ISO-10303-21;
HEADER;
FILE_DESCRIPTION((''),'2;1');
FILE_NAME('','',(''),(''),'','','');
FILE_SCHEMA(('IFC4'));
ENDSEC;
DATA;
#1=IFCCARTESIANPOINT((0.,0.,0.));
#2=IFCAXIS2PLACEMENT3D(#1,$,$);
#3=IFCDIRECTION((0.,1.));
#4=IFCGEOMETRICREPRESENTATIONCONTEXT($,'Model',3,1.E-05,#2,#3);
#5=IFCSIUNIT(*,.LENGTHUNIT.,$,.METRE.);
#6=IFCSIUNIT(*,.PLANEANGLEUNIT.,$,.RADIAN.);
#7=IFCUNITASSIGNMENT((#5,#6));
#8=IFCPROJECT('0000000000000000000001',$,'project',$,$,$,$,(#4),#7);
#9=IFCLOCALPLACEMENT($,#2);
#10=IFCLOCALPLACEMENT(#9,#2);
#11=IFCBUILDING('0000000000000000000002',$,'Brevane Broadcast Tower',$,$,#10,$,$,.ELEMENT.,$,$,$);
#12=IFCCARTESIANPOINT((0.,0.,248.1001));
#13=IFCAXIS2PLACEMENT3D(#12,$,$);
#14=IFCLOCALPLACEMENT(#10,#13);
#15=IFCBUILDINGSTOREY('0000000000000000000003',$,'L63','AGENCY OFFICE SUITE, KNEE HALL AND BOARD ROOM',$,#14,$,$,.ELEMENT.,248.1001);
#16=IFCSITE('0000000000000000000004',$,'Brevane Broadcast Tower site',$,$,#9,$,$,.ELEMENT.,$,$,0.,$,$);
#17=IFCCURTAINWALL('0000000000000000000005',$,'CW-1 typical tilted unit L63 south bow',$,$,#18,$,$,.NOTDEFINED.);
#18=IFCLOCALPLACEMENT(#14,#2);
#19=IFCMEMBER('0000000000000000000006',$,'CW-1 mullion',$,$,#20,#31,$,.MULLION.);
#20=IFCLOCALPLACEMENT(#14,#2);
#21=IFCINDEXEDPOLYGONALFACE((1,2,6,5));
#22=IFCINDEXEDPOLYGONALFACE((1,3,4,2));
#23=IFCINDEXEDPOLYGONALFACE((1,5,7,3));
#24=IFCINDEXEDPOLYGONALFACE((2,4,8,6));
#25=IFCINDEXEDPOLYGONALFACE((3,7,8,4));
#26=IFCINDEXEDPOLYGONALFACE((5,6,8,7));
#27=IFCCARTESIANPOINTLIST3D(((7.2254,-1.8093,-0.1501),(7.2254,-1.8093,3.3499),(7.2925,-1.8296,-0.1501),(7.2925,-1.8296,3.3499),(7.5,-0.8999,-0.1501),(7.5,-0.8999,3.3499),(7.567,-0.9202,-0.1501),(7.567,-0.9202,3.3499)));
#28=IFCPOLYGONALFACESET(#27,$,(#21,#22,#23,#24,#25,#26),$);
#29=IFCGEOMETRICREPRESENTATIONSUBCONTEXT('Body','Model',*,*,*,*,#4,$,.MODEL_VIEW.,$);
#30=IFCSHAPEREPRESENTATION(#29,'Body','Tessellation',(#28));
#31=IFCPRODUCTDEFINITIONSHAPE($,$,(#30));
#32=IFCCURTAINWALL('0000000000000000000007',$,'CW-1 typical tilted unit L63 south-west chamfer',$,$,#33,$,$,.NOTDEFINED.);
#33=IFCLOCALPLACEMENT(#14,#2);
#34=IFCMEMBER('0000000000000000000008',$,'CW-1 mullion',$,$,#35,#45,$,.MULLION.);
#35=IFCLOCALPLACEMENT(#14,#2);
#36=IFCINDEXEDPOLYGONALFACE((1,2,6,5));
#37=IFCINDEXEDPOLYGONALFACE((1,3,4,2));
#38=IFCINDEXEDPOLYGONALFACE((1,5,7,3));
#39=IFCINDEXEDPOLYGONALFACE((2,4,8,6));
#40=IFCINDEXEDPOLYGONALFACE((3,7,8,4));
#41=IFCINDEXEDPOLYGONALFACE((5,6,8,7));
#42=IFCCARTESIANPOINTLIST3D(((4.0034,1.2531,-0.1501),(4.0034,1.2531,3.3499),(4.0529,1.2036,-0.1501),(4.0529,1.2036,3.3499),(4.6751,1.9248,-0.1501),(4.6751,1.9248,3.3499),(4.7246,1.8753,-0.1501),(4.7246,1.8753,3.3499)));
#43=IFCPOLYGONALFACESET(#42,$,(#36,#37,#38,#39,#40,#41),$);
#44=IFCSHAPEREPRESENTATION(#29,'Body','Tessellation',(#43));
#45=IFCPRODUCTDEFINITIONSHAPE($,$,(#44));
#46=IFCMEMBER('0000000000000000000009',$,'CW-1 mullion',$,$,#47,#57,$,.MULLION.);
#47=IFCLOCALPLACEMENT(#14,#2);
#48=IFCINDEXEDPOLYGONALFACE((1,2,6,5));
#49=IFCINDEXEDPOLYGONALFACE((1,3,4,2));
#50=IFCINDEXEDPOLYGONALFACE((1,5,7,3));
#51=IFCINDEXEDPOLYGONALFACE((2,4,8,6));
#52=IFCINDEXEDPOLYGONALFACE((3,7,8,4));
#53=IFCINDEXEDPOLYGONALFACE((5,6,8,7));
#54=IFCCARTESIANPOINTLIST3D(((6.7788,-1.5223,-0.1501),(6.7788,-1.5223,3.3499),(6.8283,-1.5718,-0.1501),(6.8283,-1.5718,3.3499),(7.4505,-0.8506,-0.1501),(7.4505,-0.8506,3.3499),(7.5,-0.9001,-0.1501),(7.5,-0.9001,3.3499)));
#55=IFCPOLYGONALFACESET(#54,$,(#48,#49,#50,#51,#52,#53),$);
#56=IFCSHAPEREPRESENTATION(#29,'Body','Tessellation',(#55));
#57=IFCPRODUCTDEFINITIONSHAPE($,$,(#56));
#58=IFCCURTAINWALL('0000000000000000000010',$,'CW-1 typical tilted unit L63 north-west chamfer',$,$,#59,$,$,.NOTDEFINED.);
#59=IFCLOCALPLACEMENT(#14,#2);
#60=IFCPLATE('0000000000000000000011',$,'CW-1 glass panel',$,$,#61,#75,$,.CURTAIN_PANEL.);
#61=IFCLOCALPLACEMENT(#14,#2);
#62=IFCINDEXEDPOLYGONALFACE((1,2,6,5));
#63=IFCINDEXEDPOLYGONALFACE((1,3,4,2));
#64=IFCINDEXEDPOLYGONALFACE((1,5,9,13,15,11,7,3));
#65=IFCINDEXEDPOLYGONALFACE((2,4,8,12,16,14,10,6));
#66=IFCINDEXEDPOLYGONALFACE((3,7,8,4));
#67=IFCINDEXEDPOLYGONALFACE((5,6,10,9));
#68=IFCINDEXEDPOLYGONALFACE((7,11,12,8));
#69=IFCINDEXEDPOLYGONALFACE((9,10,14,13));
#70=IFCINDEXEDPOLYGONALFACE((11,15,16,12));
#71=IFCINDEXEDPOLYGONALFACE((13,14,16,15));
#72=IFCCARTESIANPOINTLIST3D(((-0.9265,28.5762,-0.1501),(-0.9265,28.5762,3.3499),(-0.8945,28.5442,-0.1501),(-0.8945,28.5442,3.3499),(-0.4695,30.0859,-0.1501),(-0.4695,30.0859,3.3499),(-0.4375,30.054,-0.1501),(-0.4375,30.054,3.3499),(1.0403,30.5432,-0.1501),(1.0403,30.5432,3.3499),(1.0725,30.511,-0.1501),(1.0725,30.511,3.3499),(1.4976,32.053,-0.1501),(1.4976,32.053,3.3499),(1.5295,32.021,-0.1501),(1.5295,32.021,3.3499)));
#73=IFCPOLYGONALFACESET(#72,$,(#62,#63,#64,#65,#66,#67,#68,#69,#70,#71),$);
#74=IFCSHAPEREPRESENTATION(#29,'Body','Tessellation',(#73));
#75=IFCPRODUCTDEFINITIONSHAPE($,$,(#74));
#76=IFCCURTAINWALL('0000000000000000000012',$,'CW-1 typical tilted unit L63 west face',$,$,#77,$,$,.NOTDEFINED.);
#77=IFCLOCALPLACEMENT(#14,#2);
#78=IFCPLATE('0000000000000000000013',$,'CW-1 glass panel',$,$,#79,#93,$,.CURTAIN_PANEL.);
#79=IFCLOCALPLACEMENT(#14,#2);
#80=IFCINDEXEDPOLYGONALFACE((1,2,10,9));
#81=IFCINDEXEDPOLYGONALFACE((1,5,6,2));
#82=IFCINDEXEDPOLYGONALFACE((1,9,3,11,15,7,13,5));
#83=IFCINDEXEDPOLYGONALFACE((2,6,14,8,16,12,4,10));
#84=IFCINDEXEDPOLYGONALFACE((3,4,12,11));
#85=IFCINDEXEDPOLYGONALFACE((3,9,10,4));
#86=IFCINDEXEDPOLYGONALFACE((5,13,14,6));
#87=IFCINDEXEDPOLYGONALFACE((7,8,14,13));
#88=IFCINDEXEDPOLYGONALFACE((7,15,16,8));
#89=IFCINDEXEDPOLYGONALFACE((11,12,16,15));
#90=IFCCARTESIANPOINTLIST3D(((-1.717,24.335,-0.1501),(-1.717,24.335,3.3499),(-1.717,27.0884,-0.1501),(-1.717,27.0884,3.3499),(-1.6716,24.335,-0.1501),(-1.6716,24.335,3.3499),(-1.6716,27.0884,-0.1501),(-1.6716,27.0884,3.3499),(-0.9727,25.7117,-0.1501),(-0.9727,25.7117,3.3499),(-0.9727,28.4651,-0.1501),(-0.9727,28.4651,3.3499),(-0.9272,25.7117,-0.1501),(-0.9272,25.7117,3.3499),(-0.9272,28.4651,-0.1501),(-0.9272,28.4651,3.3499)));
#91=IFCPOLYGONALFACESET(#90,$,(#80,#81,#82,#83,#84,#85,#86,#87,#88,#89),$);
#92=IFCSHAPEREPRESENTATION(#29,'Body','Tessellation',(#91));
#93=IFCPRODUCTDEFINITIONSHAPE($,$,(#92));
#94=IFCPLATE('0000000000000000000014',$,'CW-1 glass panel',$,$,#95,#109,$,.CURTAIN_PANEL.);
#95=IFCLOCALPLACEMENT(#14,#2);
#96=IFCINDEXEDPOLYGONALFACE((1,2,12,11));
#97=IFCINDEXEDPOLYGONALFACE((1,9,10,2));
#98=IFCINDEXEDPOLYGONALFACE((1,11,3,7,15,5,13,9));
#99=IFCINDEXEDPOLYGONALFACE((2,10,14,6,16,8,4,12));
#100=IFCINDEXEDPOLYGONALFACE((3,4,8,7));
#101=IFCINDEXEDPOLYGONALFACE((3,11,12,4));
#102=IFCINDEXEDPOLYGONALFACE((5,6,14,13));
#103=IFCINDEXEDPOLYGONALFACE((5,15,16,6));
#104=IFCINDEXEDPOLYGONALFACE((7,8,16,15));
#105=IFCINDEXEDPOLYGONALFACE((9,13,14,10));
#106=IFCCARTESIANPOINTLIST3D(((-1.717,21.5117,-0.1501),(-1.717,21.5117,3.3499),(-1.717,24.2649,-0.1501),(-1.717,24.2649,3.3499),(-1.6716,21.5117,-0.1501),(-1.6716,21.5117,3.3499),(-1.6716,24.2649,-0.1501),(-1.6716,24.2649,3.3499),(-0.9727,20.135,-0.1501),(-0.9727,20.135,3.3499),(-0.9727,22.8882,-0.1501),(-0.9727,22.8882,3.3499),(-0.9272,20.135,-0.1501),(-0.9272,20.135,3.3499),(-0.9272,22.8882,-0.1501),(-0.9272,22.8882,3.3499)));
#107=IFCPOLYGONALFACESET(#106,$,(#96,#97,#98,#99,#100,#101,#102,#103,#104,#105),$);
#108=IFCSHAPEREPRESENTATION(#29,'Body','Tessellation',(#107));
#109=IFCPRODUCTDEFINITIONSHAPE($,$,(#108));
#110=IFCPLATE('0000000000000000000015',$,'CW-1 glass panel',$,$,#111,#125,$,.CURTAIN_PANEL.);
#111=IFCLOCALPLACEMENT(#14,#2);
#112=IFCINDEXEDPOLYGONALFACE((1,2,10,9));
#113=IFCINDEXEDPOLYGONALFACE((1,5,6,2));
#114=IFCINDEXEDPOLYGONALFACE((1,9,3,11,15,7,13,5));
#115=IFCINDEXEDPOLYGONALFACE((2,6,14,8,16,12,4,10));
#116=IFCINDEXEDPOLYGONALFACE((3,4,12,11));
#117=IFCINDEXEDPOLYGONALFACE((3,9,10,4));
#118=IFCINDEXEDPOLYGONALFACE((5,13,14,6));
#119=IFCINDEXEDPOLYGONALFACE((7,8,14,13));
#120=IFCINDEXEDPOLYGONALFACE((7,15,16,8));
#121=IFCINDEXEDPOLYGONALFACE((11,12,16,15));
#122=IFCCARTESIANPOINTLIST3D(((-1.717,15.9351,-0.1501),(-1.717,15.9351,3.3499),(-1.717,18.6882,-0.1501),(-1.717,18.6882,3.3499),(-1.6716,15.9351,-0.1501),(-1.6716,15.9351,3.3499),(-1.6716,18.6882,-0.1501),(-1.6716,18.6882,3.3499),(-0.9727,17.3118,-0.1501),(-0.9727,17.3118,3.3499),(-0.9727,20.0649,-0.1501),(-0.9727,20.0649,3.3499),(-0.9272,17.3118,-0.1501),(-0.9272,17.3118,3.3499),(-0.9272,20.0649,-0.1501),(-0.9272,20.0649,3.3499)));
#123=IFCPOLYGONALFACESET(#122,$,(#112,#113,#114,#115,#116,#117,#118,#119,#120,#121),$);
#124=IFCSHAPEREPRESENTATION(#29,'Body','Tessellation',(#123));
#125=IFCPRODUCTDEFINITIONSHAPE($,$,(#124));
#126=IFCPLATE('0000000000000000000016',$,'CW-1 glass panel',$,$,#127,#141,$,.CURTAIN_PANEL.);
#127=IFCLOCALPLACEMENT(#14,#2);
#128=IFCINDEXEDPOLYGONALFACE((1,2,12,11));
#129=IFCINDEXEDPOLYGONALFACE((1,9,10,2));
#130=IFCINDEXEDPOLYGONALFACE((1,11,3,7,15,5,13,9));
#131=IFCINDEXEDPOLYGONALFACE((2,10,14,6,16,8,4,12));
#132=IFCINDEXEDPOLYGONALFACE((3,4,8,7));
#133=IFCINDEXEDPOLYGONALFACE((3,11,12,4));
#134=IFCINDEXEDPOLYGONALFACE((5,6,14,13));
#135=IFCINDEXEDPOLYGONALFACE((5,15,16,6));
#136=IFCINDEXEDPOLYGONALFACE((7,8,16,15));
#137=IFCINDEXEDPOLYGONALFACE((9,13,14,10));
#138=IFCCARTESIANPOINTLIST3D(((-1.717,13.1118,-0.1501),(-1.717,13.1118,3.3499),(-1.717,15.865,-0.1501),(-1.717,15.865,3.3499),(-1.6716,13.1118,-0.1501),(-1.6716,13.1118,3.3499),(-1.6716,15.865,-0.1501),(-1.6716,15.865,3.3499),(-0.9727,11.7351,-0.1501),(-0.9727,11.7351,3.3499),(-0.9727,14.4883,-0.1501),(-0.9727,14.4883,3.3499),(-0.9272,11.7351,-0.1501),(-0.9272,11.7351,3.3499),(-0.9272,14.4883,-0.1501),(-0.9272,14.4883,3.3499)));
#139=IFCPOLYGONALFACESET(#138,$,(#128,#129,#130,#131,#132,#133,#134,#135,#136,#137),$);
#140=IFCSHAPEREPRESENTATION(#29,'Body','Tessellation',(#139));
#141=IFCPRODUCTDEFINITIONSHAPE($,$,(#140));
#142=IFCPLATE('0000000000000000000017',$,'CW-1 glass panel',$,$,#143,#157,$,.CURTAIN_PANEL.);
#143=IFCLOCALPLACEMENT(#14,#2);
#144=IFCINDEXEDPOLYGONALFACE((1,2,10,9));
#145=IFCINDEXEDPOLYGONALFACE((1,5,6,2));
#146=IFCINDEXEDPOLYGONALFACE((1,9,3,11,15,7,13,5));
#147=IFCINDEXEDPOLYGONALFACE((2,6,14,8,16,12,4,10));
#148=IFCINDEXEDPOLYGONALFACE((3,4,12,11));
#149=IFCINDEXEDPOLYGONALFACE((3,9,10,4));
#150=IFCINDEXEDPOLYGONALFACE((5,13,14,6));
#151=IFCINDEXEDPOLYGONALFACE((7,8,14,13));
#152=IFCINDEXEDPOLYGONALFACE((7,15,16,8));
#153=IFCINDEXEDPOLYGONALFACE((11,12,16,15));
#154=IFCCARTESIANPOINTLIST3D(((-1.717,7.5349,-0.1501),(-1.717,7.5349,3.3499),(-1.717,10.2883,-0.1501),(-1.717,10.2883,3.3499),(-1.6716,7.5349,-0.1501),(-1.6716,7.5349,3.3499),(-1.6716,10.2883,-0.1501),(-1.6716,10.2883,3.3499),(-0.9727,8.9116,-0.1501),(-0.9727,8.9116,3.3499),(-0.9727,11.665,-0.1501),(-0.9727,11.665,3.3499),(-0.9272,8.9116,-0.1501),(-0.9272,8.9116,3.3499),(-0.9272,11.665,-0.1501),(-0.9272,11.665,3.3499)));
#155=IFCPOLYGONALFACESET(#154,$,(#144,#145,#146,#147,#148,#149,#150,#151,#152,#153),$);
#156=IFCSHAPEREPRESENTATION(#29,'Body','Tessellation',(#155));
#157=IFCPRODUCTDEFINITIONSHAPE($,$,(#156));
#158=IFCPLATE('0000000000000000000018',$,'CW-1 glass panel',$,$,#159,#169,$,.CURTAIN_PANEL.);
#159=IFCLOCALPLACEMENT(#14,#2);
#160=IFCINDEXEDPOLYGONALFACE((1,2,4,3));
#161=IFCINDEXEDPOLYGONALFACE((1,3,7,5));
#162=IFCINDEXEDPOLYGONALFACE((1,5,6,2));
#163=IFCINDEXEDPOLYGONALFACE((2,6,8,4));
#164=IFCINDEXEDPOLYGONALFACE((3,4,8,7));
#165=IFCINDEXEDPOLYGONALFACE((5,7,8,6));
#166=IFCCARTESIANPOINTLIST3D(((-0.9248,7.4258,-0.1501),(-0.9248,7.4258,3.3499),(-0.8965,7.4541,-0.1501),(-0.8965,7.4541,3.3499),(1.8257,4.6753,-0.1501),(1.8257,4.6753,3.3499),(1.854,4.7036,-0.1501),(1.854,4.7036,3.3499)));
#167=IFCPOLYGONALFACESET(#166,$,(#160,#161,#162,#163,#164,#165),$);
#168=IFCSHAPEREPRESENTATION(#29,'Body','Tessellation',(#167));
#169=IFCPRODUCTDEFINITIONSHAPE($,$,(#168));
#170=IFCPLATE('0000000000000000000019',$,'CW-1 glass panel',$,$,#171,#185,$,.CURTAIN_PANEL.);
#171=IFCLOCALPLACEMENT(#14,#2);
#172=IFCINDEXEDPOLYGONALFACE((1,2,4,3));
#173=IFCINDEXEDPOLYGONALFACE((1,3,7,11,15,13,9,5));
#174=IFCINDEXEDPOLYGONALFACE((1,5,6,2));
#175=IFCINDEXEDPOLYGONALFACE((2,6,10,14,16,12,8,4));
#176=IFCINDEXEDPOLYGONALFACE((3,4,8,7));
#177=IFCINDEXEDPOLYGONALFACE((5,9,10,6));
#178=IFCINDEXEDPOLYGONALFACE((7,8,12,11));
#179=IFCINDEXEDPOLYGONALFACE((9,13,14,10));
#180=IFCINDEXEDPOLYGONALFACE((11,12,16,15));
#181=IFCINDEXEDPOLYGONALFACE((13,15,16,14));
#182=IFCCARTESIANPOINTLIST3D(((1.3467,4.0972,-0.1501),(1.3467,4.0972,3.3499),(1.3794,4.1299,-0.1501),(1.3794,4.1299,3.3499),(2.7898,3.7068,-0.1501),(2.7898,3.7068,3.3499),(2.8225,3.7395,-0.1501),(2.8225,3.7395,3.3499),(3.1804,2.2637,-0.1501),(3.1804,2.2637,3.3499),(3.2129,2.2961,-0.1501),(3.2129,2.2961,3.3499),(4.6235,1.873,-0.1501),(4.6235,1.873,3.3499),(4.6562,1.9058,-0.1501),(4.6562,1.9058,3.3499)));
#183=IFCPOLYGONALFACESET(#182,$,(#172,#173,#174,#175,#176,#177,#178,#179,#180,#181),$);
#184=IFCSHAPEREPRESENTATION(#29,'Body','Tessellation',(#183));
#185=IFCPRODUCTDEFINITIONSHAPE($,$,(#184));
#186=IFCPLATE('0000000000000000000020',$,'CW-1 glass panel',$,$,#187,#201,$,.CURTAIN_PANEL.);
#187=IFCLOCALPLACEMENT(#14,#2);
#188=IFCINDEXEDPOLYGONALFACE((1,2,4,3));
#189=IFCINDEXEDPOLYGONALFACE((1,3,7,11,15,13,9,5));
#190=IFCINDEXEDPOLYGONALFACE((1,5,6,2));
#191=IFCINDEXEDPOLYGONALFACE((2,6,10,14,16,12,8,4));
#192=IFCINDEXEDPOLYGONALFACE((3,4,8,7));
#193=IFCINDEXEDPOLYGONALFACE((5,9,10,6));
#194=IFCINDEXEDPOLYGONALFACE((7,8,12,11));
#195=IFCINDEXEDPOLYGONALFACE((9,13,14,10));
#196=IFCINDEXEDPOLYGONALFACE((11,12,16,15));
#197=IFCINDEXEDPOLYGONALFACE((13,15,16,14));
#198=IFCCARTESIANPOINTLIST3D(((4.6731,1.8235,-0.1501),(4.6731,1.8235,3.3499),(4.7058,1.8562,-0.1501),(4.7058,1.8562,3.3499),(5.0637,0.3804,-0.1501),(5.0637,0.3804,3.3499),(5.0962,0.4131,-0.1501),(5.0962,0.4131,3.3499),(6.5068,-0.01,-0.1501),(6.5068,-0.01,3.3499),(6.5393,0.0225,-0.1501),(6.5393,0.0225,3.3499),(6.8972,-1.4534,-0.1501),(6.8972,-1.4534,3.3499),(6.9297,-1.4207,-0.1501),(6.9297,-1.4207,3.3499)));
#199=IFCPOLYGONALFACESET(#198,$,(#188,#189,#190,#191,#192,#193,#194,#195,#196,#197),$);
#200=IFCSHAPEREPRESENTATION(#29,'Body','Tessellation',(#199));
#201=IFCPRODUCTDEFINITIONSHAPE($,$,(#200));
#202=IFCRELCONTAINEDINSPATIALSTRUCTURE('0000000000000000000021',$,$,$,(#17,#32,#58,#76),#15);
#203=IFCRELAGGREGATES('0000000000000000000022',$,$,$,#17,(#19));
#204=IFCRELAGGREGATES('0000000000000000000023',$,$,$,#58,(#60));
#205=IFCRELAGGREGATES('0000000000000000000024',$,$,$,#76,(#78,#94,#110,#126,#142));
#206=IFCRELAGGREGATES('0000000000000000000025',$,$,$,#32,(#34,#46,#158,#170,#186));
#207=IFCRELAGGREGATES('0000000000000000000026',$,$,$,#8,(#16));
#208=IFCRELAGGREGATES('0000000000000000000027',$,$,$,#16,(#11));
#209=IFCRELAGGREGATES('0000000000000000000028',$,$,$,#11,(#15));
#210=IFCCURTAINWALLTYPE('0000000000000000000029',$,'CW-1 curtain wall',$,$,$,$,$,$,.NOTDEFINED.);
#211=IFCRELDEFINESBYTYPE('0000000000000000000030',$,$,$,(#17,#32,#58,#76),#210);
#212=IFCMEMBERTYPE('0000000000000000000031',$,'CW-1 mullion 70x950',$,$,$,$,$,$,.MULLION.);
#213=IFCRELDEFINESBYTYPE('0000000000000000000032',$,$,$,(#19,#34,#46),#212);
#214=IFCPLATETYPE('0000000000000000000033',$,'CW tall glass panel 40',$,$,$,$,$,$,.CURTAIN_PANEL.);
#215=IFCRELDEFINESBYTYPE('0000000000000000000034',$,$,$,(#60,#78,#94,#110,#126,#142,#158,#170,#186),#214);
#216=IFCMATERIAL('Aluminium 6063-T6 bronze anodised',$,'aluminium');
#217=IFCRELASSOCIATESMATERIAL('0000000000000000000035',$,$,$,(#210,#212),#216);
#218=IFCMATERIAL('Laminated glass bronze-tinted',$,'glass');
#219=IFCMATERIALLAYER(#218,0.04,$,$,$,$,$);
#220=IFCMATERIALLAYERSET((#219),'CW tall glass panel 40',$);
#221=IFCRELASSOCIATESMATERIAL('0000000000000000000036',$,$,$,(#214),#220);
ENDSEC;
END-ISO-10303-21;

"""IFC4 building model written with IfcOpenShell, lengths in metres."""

from ifc_helpers import new_model, si_unit, direction, frame, origin, origin_2d, place, context, subcontext, project, spatial, polyline, rectangle, outline, extrude, material, layer, layer_set, material_profile, profile_set, type_object, element, aggregate, save


model = new_model("IFC4")

# Units and contexts
model_context = context("Model", 3, precision=1e-05, world=origin(), true_north=direction((0.0, 1.0)))
body_context = subcontext(model_context, "Body", "Model", "MODEL_VIEW")
ifc_project = project(units=[si_unit("LENGTHUNIT", "METRE"), si_unit("PLANEANGLEUNIT", "RADIAN")], contexts=[model_context])

# Site, building, storey
site_placement = place(None, origin())
site = spatial("IfcSite", under=ifc_project, at=site_placement, Name="Brevane Broadcast Tower site", CompositionType="ELEMENT", RefElevation=0.0)
building_placement = place(site_placement, origin())
building = spatial("IfcBuilding", under=site, at=building_placement, Name="Brevane Broadcast Tower", CompositionType="ELEMENT")
storey_placement = place(building_placement, frame((0.0, 0.0, 248.1001)))
storey = spatial("IfcBuildingStorey", under=building, at=storey_placement, Name="L63", Description="AGENCY OFFICE SUITE, KNEE HALL AND BOARD ROOM", CompositionType="ELEMENT", Elevation=248.1001)

# Curtain wall, member
ifc_material_1 = material(Name="Aluminium 6063-T6 bronze anodised", Category="aluminium")
curtain_wall_type = type_object("IfcCurtainWallType", Name="CW-1 curtain wall", PredefinedType="NOTDEFINED", material=ifc_material_1)
curtain_wall_1_placement = place(storey_placement, origin())
curtain_wall_1 = element("IfcCurtainWall", 1, at=curtain_wall_1_placement, inside=storey, type_object=curtain_wall_type, Name="CW-1 typical tilted unit L63 south bow", PredefinedType="NOTDEFINED")
ifc_material_profile = material_profile(ifc_material_1, rectangle(XDim=0.95, YDim=0.0701, at=origin_2d()), Name="RECT 70x950")
ifc_profile_set = profile_set([ifc_material_profile], Name="Aluminium 6063-T6 bronze anodised")
member_type = type_object("IfcMemberType", Name="CW-1 mullion 70x950", PredefinedType="MULLION", material=ifc_profile_set)
member_1_placement = place(storey_placement, frame((7.3962, -1.3647, -0.1501), z_axis=(0.0, 0.0, 1.0), x_axis=(0.288968, 0.957339, 0.0)))
member_1 = element("IfcMember", 2, at=member_1_placement, type_object=member_type, Name="CW-1 mullion", PredefinedType="MULLION", context=body_context, shape_type="SweptSolid", body=[
    extrude(rectangle(XDim=0.95, YDim=0.0701, at=origin_2d()), origin(), (0.0, 0.0, 1.0), 3.5),
])
aggregate(curtain_wall_1, [member_1])

# Curtain wall, members
curtain_wall_2_placement = place(storey_placement, origin())
curtain_wall_2 = element("IfcCurtainWall", 3, at=curtain_wall_2_placement, inside=storey, type_object=curtain_wall_type, Name="CW-1 typical tilted unit L63 south-west chamfer", PredefinedType="NOTDEFINED")
member_2_placement = place(storey_placement, frame((4.364, 1.5642, -0.1501), z_axis=(0.0, 0.0, 1.0), x_axis=(0.707107, 0.707107, 0.0)))
member_2 = element("IfcMember", 4, at=member_2_placement, type_object=member_type, Name="CW-1 mullion", PredefinedType="MULLION", context=body_context, shape_type="SweptSolid", body=[
    extrude(rectangle(XDim=0.95, YDim=0.0701, at=origin_2d()), origin(), (0.0, 0.0, 1.0), 3.5),
])
member_3_placement = place(storey_placement, frame((7.1394, -1.2112, -0.1501), z_axis=(0.0, 0.0, 1.0), x_axis=(0.707107, 0.707107, 0.0)))
member_3 = element("IfcMember", 5, at=member_3_placement, type_object=member_type, Name="CW-1 mullion", PredefinedType="MULLION", context=body_context, shape_type="SweptSolid", body=[
    extrude(rectangle(XDim=0.95, YDim=0.0701, at=origin_2d()), origin(), (0.0, 0.0, 1.0), 3.5),
])

# Curtain wall, plate
curtain_wall_3_placement = place(storey_placement, origin())
curtain_wall_3 = element("IfcCurtainWall", 6, at=curtain_wall_3_placement, inside=storey, type_object=curtain_wall_type, Name="CW-1 typical tilted unit L63 north-west chamfer", PredefinedType="NOTDEFINED")
ifc_material_2 = material(Name="Laminated glass bronze-tinted", Category="glass")
ifc_layer_1 = layer(ifc_material_2, 0.04)
ifc_layer_set_1 = layer_set([ifc_layer_1], Name="CW tall glass panel 40")
plate_type = type_object("IfcPlateType", Name="CW tall glass panel 40", PredefinedType="CURTAIN_PANEL", material=ifc_layer_set_1)
plate_1_placement = place(storey_placement, frame((0.0, 0.0, -0.1501)))
plate_1 = element("IfcPlate", 7, at=plate_1_placement, type_object=plate_type, Name="CW-1 glass panel", PredefinedType="CURTAIN_PANEL", context=body_context, shape_type="SweptSolid", body=[
    extrude(outline(polyline([(1.5295, 32.021), (1.4976, 32.053), (1.0403, 30.5432), (-0.4695, 30.0859), (-0.9265, 28.5762), (-0.8945, 28.5442), (-0.4375, 30.054), (1.0725, 30.511), (1.5295, 32.021)])), origin(), (0.0, 0.0, 1.0), 3.5),
])
aggregate(curtain_wall_3, [plate_1])

# Curtain wall, plates
curtain_wall_4_placement = place(storey_placement, origin())
curtain_wall_4 = element("IfcCurtainWall", 8, at=curtain_wall_4_placement, inside=storey, type_object=curtain_wall_type, Name="CW-1 typical tilted unit L63 west face", PredefinedType="NOTDEFINED")
plate_2_placement = place(storey_placement, frame((0.0, 0.0, -0.1501)))
plate_2 = element("IfcPlate", 9, at=plate_2_placement, type_object=plate_type, Name="CW-1 glass panel", PredefinedType="CURTAIN_PANEL", context=body_context, shape_type="SweptSolid", body=[
    extrude(outline(polyline([(-0.9272, 28.4651), (-0.9727, 28.4651), (-1.717, 27.0884), (-0.9727, 25.7117), (-1.717, 24.335), (-1.6716, 24.335), (-0.9272, 25.7117), (-1.6716, 27.0884), (-0.9272, 28.4651)])), origin(), (0.0, 0.0, 1.0), 3.5),
])
plate_3_placement = place(storey_placement, frame((0.0, 0.0, -0.1501)))
plate_3 = element("IfcPlate", 10, at=plate_3_placement, type_object=plate_type, Name="CW-1 glass panel", PredefinedType="CURTAIN_PANEL", context=body_context, shape_type="SweptSolid", body=[
    extrude(outline(polyline([(-1.6716, 24.2649), (-1.717, 24.2649), (-0.9727, 22.8882), (-1.717, 21.5117), (-0.9727, 20.135), (-0.9272, 20.135), (-1.6716, 21.5117), (-0.9272, 22.8882), (-1.6716, 24.2649)])), origin(), (0.0, 0.0, 1.0), 3.5),
])
plate_4_placement = place(storey_placement, frame((0.0, 0.0, -0.1501)))
plate_4 = element("IfcPlate", 11, at=plate_4_placement, type_object=plate_type, Name="CW-1 glass panel", PredefinedType="CURTAIN_PANEL", context=body_context, shape_type="SweptSolid", body=[
    extrude(outline(polyline([(-0.9272, 20.0649), (-0.9727, 20.0649), (-1.717, 18.6882), (-0.9727, 17.3118), (-1.717, 15.9351), (-1.6716, 15.9351), (-0.9272, 17.3118), (-1.6716, 18.6882), (-0.9272, 20.0649)])), origin(), (0.0, 0.0, 1.0), 3.5),
])
plate_5_placement = place(storey_placement, frame((0.0, 0.0, -0.1501)))
plate_5 = element("IfcPlate", 12, at=plate_5_placement, type_object=plate_type, Name="CW-1 glass panel", PredefinedType="CURTAIN_PANEL", context=body_context, shape_type="SweptSolid", body=[
    extrude(outline(polyline([(-1.6716, 15.865), (-1.717, 15.865), (-0.9727, 14.4883), (-1.717, 13.1118), (-0.9727, 11.7351), (-0.9272, 11.7351), (-1.6716, 13.1118), (-0.9272, 14.4883), (-1.6716, 15.865)])), origin(), (0.0, 0.0, 1.0), 3.5),
])
plate_6_placement = place(storey_placement, frame((0.0, 0.0, -0.1501)))
plate_6 = element("IfcPlate", 13, at=plate_6_placement, type_object=plate_type, Name="CW-1 glass panel", PredefinedType="CURTAIN_PANEL", context=body_context, shape_type="SweptSolid", body=[
    extrude(outline(polyline([(-0.9272, 11.665), (-0.9727, 11.665), (-1.717, 10.2883), (-0.9727, 8.9116), (-1.717, 7.5349), (-1.6716, 7.5349), (-0.9272, 8.9116), (-1.6716, 10.2883), (-0.9272, 11.665)])), origin(), (0.0, 0.0, 1.0), 3.5),
])
aggregate(curtain_wall_4, [plate_2, plate_3, plate_4, plate_5, plate_6])

# Plates
plate_7_placement = place(storey_placement, frame((0.0, 0.0, -0.1501)))
plate_7 = element("IfcPlate", 14, at=plate_7_placement, type_object=plate_type, Name="CW-1 glass panel", PredefinedType="CURTAIN_PANEL", context=body_context, shape_type="SweptSolid", body=[
    extrude(outline(polyline([(-0.8965, 7.4541), (1.854, 4.7036), (1.8257, 4.6753), (-0.9248, 7.4258), (-0.8965, 7.4541)])), origin(), (0.0, 0.0, 1.0), 3.5),
])
plate_8_placement = place(storey_placement, frame((0.0, 0.0, -0.1501)))
plate_8 = element("IfcPlate", 15, at=plate_8_placement, type_object=plate_type, Name="CW-1 glass panel", PredefinedType="CURTAIN_PANEL", context=body_context, shape_type="SweptSolid", body=[
    extrude(outline(polyline([(1.3794, 4.1299), (1.3467, 4.0972), (2.7898, 3.7068), (3.1804, 2.2637), (4.6235, 1.873), (4.6562, 1.9058), (3.2129, 2.2961), (2.8225, 3.7395), (1.3794, 4.1299)])), origin(), (0.0, 0.0, 1.0), 3.5),
])
plate_9_placement = place(storey_placement, frame((0.0, 0.0, -0.1501)))
plate_9 = element("IfcPlate", 16, at=plate_9_placement, type_object=plate_type, Name="CW-1 glass panel", PredefinedType="CURTAIN_PANEL", context=body_context, shape_type="SweptSolid", body=[
    extrude(outline(polyline([(4.7058, 1.8562), (4.6731, 1.8235), (5.0637, 0.3804), (6.5068, -0.01), (6.8972, -1.4534), (6.9297, -1.4207), (6.5393, 0.0225), (5.0962, 0.4131), (4.7058, 1.8562)])), origin(), (0.0, 0.0, 1.0), 3.5),
])
aggregate(curtain_wall_2, [member_2, member_3, plate_7, plate_8, plate_9])

save(model, "model.ifc")
